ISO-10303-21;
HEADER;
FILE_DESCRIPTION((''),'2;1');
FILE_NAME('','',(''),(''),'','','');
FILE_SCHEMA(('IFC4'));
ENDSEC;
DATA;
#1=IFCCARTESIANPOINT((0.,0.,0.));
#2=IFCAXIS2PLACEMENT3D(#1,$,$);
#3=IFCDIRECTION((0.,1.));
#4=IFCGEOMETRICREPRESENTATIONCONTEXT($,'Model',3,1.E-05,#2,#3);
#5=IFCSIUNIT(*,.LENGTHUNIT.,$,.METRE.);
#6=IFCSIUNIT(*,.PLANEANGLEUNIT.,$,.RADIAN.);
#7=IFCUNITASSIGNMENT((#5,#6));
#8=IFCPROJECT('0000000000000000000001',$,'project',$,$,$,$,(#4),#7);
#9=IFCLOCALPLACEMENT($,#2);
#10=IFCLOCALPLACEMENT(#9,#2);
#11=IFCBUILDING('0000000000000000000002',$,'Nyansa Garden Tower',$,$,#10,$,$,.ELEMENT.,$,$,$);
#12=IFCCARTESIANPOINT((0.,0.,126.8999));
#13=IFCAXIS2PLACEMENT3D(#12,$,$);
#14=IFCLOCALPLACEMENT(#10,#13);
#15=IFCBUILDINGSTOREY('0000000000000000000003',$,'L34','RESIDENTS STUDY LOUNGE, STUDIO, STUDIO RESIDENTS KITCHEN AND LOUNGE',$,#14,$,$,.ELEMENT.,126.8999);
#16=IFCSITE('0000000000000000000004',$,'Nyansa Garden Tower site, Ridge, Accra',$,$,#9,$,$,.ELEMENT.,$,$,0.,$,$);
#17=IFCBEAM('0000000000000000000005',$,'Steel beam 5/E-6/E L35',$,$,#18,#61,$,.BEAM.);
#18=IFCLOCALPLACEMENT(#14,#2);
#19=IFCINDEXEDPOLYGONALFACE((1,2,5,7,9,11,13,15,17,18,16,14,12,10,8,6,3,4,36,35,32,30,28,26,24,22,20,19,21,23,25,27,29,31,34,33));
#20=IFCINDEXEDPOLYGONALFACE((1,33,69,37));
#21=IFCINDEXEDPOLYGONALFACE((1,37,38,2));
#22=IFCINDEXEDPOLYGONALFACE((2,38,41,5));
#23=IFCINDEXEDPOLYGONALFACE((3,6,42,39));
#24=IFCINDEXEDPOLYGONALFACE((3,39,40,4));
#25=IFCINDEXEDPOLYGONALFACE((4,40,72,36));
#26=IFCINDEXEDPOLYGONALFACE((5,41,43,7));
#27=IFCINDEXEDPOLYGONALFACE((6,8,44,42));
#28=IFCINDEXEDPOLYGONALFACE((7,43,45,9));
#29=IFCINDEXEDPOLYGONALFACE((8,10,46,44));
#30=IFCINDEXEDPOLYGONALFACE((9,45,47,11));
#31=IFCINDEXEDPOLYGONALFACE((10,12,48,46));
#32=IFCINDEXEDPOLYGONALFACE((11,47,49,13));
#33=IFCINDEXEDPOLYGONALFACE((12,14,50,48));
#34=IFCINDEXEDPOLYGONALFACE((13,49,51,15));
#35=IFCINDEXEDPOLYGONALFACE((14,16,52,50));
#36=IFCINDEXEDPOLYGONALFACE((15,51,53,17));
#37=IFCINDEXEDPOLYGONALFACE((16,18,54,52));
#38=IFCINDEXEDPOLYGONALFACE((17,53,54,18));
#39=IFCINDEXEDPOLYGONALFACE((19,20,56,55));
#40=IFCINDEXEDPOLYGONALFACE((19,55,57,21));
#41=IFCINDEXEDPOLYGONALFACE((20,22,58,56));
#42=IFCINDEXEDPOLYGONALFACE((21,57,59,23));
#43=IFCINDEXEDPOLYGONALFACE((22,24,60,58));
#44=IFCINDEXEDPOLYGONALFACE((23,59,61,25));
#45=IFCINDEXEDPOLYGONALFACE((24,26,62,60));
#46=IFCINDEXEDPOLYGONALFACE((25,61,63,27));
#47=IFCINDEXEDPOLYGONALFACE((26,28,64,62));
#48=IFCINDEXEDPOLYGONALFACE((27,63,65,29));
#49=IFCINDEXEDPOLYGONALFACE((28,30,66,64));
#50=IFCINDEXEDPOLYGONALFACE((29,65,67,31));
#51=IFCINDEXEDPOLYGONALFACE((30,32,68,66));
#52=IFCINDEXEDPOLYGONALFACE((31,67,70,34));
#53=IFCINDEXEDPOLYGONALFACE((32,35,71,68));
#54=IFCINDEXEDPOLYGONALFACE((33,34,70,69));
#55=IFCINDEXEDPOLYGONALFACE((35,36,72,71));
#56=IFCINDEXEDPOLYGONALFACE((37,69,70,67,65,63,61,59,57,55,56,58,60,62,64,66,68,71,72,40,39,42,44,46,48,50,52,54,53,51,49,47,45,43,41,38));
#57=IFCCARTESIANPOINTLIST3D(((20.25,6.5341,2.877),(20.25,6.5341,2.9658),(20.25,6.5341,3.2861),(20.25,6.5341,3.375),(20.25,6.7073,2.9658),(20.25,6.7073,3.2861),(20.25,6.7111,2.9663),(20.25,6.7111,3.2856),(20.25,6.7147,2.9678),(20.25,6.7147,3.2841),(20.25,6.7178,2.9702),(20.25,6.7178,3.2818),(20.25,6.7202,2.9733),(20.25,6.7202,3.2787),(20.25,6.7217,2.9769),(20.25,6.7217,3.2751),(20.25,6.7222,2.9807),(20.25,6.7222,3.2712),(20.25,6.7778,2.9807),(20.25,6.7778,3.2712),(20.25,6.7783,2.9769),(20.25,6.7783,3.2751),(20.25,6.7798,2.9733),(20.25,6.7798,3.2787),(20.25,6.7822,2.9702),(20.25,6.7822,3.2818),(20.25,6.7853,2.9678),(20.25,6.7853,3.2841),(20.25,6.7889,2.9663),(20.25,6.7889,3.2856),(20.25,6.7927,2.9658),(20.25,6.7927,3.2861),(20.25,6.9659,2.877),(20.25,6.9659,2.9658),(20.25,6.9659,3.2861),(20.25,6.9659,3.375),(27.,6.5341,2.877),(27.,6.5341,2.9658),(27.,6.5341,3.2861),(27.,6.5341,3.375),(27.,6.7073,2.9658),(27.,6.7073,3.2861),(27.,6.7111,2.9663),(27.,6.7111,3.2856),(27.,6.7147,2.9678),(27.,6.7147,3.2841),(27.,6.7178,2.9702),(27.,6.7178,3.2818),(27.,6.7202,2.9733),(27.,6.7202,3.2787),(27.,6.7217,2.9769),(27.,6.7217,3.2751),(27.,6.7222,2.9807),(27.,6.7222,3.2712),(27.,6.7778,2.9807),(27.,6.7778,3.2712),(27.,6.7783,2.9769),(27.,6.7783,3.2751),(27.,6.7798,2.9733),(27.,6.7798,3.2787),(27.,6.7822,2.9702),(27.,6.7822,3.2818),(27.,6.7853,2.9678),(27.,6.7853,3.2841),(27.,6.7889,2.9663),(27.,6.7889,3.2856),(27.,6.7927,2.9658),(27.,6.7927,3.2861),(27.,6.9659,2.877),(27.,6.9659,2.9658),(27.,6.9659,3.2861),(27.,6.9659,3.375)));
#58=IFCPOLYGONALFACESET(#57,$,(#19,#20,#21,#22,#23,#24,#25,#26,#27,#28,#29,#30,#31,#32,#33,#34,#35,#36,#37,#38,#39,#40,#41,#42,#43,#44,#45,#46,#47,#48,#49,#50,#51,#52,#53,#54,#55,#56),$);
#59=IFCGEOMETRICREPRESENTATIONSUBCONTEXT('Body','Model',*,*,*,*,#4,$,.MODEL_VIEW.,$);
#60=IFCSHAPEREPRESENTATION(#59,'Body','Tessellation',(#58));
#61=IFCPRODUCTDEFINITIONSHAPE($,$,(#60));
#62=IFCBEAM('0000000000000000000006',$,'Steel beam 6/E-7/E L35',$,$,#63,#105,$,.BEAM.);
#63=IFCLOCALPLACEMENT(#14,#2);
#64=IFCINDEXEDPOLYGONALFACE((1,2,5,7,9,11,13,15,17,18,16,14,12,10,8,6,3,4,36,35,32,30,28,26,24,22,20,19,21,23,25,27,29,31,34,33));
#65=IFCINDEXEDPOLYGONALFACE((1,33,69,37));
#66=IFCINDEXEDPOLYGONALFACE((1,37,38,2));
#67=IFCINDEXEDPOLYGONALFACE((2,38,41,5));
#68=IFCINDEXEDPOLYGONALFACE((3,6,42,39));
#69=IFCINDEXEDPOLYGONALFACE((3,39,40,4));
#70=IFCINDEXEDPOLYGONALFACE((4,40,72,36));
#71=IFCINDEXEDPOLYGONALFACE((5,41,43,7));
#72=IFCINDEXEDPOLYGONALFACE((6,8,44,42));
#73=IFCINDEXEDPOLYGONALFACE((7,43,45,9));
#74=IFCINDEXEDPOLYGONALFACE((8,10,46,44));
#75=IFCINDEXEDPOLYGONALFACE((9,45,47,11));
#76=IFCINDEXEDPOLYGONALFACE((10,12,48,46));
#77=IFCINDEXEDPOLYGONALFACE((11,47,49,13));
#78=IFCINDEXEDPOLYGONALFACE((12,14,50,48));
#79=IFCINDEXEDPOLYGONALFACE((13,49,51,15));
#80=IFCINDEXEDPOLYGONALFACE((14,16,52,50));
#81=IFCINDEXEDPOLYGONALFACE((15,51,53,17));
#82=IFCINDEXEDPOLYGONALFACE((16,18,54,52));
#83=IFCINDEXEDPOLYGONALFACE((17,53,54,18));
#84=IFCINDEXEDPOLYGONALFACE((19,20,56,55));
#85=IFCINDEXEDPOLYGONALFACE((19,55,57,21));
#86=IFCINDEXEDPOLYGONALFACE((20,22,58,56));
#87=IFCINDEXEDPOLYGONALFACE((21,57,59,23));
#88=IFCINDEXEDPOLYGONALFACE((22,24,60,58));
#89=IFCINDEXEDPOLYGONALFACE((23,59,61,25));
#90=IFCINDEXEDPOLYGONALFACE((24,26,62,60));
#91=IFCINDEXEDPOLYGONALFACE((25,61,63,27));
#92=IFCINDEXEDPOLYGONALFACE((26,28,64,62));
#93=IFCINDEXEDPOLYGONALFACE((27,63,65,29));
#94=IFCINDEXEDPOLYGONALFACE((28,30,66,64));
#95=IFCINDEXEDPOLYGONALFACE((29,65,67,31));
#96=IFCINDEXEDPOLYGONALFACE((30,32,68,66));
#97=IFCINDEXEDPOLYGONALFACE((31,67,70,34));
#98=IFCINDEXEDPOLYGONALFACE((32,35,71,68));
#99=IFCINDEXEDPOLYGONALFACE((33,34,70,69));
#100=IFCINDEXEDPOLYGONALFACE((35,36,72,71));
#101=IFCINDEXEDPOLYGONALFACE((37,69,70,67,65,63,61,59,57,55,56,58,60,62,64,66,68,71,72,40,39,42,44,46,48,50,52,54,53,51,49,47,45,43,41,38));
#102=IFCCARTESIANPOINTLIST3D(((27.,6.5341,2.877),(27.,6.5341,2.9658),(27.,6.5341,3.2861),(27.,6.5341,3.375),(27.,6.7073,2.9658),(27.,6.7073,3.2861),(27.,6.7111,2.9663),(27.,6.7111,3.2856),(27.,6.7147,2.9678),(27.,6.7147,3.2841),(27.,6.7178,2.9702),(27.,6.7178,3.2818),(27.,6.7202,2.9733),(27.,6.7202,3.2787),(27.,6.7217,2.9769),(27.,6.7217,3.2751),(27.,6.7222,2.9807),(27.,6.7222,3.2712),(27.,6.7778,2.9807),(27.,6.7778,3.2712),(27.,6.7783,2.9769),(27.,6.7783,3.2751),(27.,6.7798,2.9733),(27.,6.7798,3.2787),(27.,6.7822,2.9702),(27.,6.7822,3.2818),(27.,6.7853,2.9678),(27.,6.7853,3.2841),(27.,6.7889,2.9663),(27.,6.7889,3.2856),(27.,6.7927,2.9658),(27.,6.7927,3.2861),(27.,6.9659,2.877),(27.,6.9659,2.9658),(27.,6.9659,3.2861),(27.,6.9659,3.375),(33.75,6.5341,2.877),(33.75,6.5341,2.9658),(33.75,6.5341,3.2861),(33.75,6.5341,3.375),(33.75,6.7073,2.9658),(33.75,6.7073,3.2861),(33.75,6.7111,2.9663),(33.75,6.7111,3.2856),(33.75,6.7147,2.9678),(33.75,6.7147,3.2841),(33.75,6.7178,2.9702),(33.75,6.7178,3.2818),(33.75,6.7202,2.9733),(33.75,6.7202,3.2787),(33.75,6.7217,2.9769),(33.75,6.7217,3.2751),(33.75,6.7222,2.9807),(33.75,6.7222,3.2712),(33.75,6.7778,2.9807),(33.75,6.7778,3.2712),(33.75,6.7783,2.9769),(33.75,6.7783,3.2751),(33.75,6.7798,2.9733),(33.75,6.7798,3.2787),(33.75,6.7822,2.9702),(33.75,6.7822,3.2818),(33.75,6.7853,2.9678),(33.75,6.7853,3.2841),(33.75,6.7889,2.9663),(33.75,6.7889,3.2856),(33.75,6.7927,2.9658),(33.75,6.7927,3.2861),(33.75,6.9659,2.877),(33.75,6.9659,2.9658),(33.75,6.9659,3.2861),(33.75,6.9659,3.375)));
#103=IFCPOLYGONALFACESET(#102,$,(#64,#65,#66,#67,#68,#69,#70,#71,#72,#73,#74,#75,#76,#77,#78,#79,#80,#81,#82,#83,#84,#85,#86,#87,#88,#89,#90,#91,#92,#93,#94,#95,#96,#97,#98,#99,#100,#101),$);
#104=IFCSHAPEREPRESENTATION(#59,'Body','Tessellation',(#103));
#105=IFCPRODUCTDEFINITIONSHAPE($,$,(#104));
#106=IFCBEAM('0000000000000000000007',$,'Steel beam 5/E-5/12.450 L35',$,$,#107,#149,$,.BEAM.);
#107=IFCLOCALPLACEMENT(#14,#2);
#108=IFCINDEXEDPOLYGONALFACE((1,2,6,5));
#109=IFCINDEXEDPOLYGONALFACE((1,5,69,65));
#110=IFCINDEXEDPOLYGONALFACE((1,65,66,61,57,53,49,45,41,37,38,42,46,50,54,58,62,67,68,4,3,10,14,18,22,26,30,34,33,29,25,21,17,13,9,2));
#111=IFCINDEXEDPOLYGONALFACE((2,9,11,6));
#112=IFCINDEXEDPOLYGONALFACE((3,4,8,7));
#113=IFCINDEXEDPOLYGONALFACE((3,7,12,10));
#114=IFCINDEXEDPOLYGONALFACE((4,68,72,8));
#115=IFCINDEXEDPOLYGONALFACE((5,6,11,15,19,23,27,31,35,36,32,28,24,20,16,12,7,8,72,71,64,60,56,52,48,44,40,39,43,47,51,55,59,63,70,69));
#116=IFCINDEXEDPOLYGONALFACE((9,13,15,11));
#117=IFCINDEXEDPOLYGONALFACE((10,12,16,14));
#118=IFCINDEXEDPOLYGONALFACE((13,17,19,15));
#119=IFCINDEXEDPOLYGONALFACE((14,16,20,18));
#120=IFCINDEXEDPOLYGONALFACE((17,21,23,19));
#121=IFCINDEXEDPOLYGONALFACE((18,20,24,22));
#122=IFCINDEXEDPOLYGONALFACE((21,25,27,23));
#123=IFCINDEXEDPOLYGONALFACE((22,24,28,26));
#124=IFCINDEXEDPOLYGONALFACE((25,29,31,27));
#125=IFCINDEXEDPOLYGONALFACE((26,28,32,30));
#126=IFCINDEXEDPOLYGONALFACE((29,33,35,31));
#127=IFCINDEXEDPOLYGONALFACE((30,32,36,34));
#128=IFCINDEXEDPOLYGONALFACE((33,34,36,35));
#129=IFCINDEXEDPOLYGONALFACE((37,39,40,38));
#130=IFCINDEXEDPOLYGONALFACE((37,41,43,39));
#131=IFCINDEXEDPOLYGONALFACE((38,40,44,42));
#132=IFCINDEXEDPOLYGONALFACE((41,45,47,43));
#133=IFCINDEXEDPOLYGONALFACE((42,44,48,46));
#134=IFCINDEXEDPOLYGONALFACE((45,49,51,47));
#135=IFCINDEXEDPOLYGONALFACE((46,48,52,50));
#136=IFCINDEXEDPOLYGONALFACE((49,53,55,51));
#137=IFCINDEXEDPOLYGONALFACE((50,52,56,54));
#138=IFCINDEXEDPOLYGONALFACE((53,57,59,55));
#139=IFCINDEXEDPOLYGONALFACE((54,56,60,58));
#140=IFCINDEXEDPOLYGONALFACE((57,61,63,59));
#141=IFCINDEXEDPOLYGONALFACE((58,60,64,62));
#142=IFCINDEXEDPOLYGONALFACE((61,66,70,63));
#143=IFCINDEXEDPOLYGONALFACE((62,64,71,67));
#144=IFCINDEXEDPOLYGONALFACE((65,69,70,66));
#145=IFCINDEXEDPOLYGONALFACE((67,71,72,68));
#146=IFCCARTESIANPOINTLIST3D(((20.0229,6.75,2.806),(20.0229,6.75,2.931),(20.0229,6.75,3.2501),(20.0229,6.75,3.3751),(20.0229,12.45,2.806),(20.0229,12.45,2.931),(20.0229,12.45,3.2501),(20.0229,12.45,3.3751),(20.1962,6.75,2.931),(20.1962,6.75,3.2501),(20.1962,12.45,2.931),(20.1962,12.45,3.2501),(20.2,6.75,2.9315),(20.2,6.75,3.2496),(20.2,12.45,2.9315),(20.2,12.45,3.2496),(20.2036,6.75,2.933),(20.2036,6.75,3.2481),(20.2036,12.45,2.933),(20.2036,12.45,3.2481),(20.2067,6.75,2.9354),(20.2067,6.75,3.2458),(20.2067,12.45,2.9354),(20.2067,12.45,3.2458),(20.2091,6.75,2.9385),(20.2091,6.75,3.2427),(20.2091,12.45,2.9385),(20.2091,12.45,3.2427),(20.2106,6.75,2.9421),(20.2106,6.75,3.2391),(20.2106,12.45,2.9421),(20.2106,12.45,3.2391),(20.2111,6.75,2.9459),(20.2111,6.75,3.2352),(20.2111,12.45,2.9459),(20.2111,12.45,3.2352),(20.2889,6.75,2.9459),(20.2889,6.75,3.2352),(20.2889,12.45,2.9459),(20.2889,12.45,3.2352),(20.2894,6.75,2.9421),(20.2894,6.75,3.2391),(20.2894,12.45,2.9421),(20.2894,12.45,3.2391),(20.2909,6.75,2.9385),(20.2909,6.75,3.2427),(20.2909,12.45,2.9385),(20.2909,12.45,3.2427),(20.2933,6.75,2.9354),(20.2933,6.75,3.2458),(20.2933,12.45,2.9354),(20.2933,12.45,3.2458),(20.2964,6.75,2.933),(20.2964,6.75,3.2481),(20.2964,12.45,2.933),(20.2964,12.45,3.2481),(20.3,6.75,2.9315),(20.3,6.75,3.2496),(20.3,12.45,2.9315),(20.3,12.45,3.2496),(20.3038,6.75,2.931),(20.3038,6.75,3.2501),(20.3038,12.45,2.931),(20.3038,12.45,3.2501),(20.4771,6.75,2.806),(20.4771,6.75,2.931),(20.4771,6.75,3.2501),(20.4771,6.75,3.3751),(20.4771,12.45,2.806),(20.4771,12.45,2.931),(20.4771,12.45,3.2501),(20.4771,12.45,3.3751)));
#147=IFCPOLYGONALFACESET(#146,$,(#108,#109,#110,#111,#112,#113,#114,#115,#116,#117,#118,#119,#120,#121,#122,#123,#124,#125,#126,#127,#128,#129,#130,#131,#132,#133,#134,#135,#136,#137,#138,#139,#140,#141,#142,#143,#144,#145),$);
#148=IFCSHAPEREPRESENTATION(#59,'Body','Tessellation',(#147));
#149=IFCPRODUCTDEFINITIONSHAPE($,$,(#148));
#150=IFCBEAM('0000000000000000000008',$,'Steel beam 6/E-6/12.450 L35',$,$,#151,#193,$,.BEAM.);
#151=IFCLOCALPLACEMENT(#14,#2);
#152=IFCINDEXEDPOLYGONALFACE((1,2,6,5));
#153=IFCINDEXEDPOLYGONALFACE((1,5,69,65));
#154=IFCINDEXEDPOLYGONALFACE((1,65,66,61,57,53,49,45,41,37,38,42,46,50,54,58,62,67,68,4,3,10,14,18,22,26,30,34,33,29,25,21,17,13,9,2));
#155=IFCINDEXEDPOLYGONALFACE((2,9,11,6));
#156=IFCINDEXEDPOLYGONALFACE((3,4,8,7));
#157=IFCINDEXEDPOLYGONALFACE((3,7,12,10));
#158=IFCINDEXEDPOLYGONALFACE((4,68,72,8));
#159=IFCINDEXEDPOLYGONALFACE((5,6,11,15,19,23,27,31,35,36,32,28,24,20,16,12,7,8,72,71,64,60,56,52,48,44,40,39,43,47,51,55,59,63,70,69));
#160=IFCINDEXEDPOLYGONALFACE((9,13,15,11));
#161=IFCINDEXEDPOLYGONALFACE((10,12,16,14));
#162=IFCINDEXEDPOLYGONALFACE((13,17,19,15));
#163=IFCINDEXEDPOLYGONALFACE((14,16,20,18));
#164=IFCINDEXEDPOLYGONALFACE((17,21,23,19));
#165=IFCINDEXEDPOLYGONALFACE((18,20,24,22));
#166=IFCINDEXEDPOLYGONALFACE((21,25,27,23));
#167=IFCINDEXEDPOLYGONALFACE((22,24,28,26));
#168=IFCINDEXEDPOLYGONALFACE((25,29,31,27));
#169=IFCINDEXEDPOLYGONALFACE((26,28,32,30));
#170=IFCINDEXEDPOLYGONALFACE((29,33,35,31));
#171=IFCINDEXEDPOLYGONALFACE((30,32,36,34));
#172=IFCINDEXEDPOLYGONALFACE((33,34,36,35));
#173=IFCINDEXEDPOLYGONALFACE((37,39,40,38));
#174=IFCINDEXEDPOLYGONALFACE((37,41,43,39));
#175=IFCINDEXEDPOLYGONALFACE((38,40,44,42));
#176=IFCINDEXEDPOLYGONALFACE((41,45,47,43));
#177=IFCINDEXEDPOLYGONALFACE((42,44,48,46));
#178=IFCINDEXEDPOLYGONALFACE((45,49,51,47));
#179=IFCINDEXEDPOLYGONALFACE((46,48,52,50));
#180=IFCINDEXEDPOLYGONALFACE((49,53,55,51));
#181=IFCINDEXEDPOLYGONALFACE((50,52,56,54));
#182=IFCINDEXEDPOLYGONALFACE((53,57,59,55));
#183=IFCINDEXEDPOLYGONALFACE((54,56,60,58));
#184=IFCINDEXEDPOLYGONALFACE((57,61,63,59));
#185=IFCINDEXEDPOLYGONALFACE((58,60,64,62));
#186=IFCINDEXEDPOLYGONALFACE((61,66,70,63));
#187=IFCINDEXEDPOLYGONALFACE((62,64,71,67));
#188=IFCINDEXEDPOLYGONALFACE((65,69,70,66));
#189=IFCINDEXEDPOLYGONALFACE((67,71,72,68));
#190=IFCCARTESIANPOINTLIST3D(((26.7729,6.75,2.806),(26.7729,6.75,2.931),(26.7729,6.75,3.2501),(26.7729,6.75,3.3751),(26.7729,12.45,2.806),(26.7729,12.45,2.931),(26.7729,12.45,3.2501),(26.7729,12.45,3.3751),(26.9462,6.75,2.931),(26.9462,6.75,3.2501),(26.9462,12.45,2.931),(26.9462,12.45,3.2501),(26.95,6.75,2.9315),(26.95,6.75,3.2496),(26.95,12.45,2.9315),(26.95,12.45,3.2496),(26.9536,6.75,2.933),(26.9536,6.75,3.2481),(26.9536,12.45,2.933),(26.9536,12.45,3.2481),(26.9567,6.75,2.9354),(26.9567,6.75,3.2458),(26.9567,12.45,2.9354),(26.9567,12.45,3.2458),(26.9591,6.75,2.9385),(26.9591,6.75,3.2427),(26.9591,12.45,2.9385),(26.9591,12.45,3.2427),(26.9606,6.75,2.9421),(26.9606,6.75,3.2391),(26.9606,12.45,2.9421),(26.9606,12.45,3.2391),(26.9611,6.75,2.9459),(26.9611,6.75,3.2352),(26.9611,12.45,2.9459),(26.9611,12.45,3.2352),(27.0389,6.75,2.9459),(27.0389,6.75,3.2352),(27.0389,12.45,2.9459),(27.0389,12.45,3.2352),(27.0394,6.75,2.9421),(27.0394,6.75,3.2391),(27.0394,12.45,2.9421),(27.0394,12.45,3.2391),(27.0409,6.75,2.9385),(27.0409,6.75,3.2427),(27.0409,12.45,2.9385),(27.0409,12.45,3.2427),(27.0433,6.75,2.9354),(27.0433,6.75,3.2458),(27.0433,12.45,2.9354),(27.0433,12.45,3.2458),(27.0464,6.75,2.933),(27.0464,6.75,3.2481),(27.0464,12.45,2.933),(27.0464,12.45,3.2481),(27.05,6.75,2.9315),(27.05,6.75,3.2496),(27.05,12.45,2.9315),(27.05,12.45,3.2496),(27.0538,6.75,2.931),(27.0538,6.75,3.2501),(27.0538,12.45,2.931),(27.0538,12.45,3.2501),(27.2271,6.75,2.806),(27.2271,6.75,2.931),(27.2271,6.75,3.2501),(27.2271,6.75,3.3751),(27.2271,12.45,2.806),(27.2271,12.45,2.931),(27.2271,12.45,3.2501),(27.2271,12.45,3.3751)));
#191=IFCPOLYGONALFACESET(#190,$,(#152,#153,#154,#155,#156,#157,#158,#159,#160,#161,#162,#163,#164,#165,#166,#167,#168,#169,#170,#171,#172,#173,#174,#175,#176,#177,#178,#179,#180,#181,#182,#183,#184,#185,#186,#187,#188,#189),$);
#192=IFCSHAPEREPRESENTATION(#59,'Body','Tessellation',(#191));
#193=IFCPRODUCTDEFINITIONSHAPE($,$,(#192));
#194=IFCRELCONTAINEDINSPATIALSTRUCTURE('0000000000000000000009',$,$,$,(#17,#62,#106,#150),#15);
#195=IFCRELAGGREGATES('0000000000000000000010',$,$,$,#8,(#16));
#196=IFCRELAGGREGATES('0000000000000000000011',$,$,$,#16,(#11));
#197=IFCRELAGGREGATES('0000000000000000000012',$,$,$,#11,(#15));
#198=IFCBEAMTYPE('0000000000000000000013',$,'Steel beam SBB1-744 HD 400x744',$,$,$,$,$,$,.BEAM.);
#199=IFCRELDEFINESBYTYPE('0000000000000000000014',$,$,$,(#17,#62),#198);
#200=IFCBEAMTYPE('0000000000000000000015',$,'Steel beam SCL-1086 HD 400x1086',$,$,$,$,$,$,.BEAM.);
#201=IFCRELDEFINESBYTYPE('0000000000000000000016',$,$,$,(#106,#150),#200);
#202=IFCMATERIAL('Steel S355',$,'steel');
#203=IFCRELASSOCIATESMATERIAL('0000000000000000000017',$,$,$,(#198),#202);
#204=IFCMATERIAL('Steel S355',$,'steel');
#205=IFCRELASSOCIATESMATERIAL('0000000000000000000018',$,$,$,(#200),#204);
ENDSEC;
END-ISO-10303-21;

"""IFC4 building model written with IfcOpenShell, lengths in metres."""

from ifc_helpers import new_model, si_unit, direction, frame, origin, origin_2d, place, context, subcontext, project, spatial, i_section, extrude, material, material_profile, profile_set, type_object, element, save


model = new_model("IFC4")

# Units and contexts
model_context = context("Model", 3, precision=1e-05, world=origin(), true_north=direction((0.0, 1.0)))
body_context = subcontext(model_context, "Body", "Model", "MODEL_VIEW")
ifc_project = project(units=[si_unit("LENGTHUNIT", "METRE"), si_unit("PLANEANGLEUNIT", "RADIAN")], contexts=[model_context])

# Site, building, storey
site_placement = place(None, origin())
site = spatial("IfcSite", under=ifc_project, at=site_placement, Name="Nyansa Garden Tower site, Ridge, Accra", CompositionType="ELEMENT", RefElevation=0.0)
building_placement = place(site_placement, origin())
building = spatial("IfcBuilding", under=site, at=building_placement, Name="Nyansa Garden Tower", CompositionType="ELEMENT")
storey_placement = place(building_placement, frame((0.0, 0.0, 126.8999)))
storey = spatial("IfcBuildingStorey", under=building, at=storey_placement, Name="L34", Description="RESIDENTS STUDY LOUNGE, STUDIO, STUDIO RESIDENTS KITCHEN AND LOUNGE", CompositionType="ELEMENT", Elevation=126.8999)

# Beams
ifc_material_1 = material(Name="Steel S355", Category="steel")
ifc_material_profile_1 = material_profile(ifc_material_1, i_section(OverallWidth=0.4319, OverallDepth=0.498, WebThickness=0.0557, FlangeThickness=0.0889, FilletRadius=0.0149, at=origin_2d()), Name="HD 400x744")
ifc_profile_set_1 = profile_set([ifc_material_profile_1], Name="Steel S355")
beam_type_1 = type_object("IfcBeamType", Name="Steel beam SBB1-744 HD 400x744", PredefinedType="BEAM", material=ifc_profile_set_1)
for number, where, z_axis, x_axis, name in (
    (1, (20.25, 6.75, 3.126), (1.0, 0.0, 0.0), (0.0, 1.0, 0.0), "Steel beam 5/E-6/E L35"),
    (2, (27.0, 6.75, 3.126), (1.0, 0.0, 0.0), (0.0, 1.0, 0.0), "Steel beam 6/E-7/E L35"),
):
    element("IfcBeam", number, at=place(storey_placement, frame(where, z_axis=z_axis, x_axis=x_axis)), inside=storey, type_object=beam_type_1, Name=name, PredefinedType="BEAM", context=body_context, shape_type="SweptSolid", body=[
        extrude(i_section(OverallWidth=0.4319, OverallDepth=0.498, WebThickness=0.0557, FlangeThickness=0.0889, FilletRadius=0.0149, at=origin_2d()), origin(), (0.0, 0.0, 1.0), 6.75),
    ])
ifc_material_2 = material(Name="Steel S355", Category="steel")
ifc_material_profile_2 = material_profile(ifc_material_2, i_section(OverallWidth=0.4541, OverallDepth=0.5691, WebThickness=0.0779, FlangeThickness=0.125, FilletRadius=0.0149, at=origin_2d()), Name="HD 400x1086")
ifc_profile_set_2 = profile_set([ifc_material_profile_2], Name="Steel S355")
beam_type_2 = type_object("IfcBeamType", Name="Steel beam SCL-1086 HD 400x1086", PredefinedType="BEAM", material=ifc_profile_set_2)
for number, where, z_axis, x_axis, name in (
    (3, (20.25, 6.75, 3.0906), (0.0, 1.0, 0.0), (-1.0, 0.0, 0.0), "Steel beam 5/E-5/12.450 L35"),
    (4, (27.0, 6.75, 3.0906), (0.0, 1.0, 0.0), (-1.0, 0.0, 0.0), "Steel beam 6/E-6/12.450 L35"),
):
    element("IfcBeam", number, at=place(storey_placement, frame(where, z_axis=z_axis, x_axis=x_axis)), inside=storey, type_object=beam_type_2, Name=name, PredefinedType="BEAM", context=body_context, shape_type="SweptSolid", body=[
        extrude(i_section(OverallWidth=0.4541, OverallDepth=0.5691, WebThickness=0.0779, FlangeThickness=0.125, FilletRadius=0.0149, at=origin_2d()), origin(), (0.0, 0.0, 1.0), 5.7),
    ])

save(model, "model.ifc")
